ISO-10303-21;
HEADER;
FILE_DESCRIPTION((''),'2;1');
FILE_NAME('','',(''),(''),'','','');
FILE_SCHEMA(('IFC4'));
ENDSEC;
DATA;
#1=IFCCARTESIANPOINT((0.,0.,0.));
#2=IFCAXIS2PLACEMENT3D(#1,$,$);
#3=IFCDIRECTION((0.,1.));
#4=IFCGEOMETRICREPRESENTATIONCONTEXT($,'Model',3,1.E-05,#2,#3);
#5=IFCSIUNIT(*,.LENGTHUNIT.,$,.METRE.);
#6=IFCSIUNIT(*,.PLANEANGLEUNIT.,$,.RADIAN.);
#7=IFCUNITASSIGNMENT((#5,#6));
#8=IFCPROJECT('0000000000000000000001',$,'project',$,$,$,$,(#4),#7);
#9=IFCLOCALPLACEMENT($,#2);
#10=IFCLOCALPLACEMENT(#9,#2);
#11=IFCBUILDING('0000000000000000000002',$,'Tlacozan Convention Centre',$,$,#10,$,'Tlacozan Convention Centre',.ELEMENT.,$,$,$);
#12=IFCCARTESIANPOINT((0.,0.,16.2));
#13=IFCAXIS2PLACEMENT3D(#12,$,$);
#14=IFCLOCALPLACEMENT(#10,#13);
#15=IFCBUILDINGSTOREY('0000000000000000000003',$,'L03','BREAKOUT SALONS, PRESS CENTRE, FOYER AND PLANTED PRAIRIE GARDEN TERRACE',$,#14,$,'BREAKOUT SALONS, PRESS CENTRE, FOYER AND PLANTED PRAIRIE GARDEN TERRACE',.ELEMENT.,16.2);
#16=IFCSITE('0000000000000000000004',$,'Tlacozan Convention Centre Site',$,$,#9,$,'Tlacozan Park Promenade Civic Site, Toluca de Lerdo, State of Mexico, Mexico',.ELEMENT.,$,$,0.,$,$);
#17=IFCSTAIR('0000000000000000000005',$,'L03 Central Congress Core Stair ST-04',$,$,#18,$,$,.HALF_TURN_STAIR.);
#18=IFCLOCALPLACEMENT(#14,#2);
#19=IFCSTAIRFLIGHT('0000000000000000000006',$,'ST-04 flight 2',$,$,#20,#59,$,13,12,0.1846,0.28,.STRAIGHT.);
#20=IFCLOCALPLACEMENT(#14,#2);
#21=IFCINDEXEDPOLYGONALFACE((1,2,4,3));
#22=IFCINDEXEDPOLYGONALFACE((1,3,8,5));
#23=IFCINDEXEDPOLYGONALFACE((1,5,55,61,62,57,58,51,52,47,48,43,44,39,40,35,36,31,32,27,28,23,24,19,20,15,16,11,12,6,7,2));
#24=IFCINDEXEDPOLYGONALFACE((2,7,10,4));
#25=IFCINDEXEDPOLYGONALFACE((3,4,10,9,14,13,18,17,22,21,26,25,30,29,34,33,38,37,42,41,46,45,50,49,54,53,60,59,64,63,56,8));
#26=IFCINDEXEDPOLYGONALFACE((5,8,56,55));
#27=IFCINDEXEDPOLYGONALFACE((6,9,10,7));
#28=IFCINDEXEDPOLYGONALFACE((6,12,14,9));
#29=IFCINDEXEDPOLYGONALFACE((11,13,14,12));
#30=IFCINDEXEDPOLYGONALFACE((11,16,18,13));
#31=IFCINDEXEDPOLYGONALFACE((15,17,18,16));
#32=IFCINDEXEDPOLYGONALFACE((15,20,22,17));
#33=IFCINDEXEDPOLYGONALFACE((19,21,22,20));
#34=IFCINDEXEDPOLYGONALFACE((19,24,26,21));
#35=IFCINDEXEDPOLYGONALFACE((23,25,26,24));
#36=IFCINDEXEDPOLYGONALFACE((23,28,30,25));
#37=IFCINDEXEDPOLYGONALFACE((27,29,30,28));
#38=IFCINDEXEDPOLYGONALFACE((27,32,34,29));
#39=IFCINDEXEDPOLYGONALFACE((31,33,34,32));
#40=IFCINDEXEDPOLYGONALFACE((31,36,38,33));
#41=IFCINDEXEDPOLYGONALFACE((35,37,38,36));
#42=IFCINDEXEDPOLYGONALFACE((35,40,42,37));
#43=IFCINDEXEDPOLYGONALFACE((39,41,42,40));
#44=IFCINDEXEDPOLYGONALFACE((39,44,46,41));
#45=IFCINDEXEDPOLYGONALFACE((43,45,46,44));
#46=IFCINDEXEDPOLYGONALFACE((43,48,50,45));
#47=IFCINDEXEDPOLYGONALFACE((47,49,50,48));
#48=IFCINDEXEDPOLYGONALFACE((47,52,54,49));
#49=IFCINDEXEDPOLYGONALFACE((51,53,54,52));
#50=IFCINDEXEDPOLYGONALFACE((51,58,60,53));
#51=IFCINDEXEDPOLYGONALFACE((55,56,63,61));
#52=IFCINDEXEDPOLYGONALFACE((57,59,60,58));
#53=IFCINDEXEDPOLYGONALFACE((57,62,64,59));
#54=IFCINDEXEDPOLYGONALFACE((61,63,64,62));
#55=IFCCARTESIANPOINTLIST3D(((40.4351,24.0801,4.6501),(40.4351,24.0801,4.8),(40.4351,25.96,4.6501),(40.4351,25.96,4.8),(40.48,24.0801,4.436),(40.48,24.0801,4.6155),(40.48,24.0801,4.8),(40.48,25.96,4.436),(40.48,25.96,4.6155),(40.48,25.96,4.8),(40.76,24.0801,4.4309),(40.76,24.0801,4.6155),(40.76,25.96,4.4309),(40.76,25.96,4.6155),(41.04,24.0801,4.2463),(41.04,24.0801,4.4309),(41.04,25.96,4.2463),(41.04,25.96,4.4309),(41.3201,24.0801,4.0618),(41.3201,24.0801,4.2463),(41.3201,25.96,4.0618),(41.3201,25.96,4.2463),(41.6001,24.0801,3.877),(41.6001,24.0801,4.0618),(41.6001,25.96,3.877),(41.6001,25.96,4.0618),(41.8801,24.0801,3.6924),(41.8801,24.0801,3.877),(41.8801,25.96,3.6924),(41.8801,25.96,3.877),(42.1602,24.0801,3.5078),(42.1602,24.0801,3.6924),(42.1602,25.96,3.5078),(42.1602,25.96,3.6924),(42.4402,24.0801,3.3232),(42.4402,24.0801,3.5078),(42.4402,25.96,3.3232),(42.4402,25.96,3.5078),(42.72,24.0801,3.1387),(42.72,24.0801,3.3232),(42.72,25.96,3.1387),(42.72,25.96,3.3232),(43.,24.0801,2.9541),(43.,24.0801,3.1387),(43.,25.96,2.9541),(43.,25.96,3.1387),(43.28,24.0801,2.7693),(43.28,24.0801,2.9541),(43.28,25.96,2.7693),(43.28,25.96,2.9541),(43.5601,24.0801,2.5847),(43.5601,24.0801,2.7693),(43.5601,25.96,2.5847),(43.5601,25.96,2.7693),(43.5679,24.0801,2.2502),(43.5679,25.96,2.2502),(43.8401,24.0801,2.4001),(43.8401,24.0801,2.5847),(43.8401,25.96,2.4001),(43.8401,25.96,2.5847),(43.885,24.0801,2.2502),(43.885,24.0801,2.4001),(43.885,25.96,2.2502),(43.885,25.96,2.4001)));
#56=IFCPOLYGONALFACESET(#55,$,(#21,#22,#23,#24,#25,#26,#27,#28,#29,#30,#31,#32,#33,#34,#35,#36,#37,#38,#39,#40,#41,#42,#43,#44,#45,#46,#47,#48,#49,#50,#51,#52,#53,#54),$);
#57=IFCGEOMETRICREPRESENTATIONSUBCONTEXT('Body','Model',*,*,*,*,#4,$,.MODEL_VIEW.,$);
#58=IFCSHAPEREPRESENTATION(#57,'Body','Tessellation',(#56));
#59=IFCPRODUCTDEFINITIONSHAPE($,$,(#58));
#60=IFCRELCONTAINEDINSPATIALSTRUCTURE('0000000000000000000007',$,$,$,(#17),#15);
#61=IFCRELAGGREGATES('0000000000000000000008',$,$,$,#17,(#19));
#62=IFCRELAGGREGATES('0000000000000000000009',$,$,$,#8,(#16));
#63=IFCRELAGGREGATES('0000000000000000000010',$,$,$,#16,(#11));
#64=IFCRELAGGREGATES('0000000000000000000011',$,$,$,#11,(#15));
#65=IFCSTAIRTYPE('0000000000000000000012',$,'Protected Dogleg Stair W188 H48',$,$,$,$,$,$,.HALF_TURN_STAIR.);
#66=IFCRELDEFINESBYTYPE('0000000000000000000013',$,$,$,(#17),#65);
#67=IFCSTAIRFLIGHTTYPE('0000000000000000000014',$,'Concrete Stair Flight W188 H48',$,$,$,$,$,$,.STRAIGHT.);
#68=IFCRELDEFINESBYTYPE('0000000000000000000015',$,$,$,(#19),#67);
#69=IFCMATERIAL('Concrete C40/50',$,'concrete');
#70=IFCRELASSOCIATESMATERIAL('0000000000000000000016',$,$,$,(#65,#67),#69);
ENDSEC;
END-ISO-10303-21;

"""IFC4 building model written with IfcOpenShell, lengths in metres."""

from ifc_helpers import new_model, si_unit, direction, frame, origin, place, context, subcontext, project, spatial, polyline, outline, extrude, material, type_object, element, aggregate, save


model = new_model("IFC4")

# Units and contexts
model_context = context("Model", 3, precision=1e-05, world=origin(), true_north=direction((0.0, 1.0)))
body_context = subcontext(model_context, "Body", "Model", "MODEL_VIEW")
ifc_project = project(units=[si_unit("LENGTHUNIT", "METRE"), si_unit("PLANEANGLEUNIT", "RADIAN")], contexts=[model_context])

# Site, building, storey
site_placement = place(None, origin())
site = spatial("IfcSite", under=ifc_project, at=site_placement, Name="Tlacozan Convention Centre Site", LongName="Tlacozan Park Promenade Civic Site, Toluca de Lerdo, State of Mexico, Mexico", CompositionType="ELEMENT", RefElevation=0.0)
building_placement = place(site_placement, origin())
building = spatial("IfcBuilding", under=site, at=building_placement, Name="Tlacozan Convention Centre", LongName="Tlacozan Convention Centre", CompositionType="ELEMENT")
storey_placement = place(building_placement, frame((0.0, 0.0, 16.2)))
storey = spatial("IfcBuildingStorey", under=building, at=storey_placement, Name="L03", Description="BREAKOUT SALONS, PRESS CENTRE, FOYER AND PLANTED PRAIRIE GARDEN TERRACE", LongName="BREAKOUT SALONS, PRESS CENTRE, FOYER AND PLANTED PRAIRIE GARDEN TERRACE", CompositionType="ELEMENT", Elevation=16.2)

# Shared definitions
ifc_material_1 = material(Name="Concrete C40/50", Category="concrete")

# Stair, stair flight
stair_type = type_object("IfcStairType", Name="Protected Dogleg Stair W188 H48", PredefinedType="HALF_TURN_STAIR", material=ifc_material_1)
stair_placement = place(storey_placement, origin())
stair = element("IfcStair", 1, at=stair_placement, inside=storey, type_object=stair_type, Name="L03 Central Congress Core Stair ST-04", PredefinedType="HALF_TURN_STAIR")
stair_flight_type = type_object("IfcStairFlightType", Name="Concrete Stair Flight W188 H48", PredefinedType="STRAIGHT", material=ifc_material_1)
stair_flight_placement = place(storey_placement, frame((43.8401, 25.02, 2.4001), z_axis=(0.0, 0.0, 1.0), x_axis=(-1.0, 0.0, 0.0)))
stair_flight = element("IfcStairFlight", 2, at=stair_flight_placement, type_object=stair_flight_type, Name="ST-04 flight 2", NumberOfRisers=13, NumberOfTreads=12, PredefinedType="STRAIGHT", RiserHeight=0.1846, TreadLength=0.28, context=body_context, shape_type="SweptSolid", body=[
    extrude(outline(polyline([(-0.0449, -0.1499), (-0.0449, 0.0), (0.0, 0.0), (0.0, 0.1846), (0.28, 0.1846), (0.28, 0.3691), (0.5601, 0.3691), (0.5601, 0.554), (0.8401, 0.554), (0.8401, 0.7385), (1.1201, 0.7385), (1.1201, 0.9231), (1.3999, 0.9231), (1.3999, 1.1077), (1.6799, 1.1077), (1.6799, 1.2922), (1.96, 1.2922), (1.96, 1.4768), (2.24, 1.4768), (2.24, 1.6616), (2.52, 1.6616), (2.52, 1.8462), (2.8, 1.8462), (2.8, 2.0308), (3.0801, 2.0308), (3.0801, 2.2153), (3.3601, 2.2153), (3.3601, 2.3999), (3.405, 2.3999), (3.405, 2.25), (3.3601, 2.0359), (0.2722, -0.1499), (-0.0449, -0.1499)])), frame((0.0, 0.9399, 0.0), z_axis=(0.0, -1.0, 0.0), x_axis=(1.0, 0.0, 0.0)), (0.0, 0.0, 1.0), 1.8799),
])
aggregate(stair, [stair_flight])

save(model, "model.ifc")
